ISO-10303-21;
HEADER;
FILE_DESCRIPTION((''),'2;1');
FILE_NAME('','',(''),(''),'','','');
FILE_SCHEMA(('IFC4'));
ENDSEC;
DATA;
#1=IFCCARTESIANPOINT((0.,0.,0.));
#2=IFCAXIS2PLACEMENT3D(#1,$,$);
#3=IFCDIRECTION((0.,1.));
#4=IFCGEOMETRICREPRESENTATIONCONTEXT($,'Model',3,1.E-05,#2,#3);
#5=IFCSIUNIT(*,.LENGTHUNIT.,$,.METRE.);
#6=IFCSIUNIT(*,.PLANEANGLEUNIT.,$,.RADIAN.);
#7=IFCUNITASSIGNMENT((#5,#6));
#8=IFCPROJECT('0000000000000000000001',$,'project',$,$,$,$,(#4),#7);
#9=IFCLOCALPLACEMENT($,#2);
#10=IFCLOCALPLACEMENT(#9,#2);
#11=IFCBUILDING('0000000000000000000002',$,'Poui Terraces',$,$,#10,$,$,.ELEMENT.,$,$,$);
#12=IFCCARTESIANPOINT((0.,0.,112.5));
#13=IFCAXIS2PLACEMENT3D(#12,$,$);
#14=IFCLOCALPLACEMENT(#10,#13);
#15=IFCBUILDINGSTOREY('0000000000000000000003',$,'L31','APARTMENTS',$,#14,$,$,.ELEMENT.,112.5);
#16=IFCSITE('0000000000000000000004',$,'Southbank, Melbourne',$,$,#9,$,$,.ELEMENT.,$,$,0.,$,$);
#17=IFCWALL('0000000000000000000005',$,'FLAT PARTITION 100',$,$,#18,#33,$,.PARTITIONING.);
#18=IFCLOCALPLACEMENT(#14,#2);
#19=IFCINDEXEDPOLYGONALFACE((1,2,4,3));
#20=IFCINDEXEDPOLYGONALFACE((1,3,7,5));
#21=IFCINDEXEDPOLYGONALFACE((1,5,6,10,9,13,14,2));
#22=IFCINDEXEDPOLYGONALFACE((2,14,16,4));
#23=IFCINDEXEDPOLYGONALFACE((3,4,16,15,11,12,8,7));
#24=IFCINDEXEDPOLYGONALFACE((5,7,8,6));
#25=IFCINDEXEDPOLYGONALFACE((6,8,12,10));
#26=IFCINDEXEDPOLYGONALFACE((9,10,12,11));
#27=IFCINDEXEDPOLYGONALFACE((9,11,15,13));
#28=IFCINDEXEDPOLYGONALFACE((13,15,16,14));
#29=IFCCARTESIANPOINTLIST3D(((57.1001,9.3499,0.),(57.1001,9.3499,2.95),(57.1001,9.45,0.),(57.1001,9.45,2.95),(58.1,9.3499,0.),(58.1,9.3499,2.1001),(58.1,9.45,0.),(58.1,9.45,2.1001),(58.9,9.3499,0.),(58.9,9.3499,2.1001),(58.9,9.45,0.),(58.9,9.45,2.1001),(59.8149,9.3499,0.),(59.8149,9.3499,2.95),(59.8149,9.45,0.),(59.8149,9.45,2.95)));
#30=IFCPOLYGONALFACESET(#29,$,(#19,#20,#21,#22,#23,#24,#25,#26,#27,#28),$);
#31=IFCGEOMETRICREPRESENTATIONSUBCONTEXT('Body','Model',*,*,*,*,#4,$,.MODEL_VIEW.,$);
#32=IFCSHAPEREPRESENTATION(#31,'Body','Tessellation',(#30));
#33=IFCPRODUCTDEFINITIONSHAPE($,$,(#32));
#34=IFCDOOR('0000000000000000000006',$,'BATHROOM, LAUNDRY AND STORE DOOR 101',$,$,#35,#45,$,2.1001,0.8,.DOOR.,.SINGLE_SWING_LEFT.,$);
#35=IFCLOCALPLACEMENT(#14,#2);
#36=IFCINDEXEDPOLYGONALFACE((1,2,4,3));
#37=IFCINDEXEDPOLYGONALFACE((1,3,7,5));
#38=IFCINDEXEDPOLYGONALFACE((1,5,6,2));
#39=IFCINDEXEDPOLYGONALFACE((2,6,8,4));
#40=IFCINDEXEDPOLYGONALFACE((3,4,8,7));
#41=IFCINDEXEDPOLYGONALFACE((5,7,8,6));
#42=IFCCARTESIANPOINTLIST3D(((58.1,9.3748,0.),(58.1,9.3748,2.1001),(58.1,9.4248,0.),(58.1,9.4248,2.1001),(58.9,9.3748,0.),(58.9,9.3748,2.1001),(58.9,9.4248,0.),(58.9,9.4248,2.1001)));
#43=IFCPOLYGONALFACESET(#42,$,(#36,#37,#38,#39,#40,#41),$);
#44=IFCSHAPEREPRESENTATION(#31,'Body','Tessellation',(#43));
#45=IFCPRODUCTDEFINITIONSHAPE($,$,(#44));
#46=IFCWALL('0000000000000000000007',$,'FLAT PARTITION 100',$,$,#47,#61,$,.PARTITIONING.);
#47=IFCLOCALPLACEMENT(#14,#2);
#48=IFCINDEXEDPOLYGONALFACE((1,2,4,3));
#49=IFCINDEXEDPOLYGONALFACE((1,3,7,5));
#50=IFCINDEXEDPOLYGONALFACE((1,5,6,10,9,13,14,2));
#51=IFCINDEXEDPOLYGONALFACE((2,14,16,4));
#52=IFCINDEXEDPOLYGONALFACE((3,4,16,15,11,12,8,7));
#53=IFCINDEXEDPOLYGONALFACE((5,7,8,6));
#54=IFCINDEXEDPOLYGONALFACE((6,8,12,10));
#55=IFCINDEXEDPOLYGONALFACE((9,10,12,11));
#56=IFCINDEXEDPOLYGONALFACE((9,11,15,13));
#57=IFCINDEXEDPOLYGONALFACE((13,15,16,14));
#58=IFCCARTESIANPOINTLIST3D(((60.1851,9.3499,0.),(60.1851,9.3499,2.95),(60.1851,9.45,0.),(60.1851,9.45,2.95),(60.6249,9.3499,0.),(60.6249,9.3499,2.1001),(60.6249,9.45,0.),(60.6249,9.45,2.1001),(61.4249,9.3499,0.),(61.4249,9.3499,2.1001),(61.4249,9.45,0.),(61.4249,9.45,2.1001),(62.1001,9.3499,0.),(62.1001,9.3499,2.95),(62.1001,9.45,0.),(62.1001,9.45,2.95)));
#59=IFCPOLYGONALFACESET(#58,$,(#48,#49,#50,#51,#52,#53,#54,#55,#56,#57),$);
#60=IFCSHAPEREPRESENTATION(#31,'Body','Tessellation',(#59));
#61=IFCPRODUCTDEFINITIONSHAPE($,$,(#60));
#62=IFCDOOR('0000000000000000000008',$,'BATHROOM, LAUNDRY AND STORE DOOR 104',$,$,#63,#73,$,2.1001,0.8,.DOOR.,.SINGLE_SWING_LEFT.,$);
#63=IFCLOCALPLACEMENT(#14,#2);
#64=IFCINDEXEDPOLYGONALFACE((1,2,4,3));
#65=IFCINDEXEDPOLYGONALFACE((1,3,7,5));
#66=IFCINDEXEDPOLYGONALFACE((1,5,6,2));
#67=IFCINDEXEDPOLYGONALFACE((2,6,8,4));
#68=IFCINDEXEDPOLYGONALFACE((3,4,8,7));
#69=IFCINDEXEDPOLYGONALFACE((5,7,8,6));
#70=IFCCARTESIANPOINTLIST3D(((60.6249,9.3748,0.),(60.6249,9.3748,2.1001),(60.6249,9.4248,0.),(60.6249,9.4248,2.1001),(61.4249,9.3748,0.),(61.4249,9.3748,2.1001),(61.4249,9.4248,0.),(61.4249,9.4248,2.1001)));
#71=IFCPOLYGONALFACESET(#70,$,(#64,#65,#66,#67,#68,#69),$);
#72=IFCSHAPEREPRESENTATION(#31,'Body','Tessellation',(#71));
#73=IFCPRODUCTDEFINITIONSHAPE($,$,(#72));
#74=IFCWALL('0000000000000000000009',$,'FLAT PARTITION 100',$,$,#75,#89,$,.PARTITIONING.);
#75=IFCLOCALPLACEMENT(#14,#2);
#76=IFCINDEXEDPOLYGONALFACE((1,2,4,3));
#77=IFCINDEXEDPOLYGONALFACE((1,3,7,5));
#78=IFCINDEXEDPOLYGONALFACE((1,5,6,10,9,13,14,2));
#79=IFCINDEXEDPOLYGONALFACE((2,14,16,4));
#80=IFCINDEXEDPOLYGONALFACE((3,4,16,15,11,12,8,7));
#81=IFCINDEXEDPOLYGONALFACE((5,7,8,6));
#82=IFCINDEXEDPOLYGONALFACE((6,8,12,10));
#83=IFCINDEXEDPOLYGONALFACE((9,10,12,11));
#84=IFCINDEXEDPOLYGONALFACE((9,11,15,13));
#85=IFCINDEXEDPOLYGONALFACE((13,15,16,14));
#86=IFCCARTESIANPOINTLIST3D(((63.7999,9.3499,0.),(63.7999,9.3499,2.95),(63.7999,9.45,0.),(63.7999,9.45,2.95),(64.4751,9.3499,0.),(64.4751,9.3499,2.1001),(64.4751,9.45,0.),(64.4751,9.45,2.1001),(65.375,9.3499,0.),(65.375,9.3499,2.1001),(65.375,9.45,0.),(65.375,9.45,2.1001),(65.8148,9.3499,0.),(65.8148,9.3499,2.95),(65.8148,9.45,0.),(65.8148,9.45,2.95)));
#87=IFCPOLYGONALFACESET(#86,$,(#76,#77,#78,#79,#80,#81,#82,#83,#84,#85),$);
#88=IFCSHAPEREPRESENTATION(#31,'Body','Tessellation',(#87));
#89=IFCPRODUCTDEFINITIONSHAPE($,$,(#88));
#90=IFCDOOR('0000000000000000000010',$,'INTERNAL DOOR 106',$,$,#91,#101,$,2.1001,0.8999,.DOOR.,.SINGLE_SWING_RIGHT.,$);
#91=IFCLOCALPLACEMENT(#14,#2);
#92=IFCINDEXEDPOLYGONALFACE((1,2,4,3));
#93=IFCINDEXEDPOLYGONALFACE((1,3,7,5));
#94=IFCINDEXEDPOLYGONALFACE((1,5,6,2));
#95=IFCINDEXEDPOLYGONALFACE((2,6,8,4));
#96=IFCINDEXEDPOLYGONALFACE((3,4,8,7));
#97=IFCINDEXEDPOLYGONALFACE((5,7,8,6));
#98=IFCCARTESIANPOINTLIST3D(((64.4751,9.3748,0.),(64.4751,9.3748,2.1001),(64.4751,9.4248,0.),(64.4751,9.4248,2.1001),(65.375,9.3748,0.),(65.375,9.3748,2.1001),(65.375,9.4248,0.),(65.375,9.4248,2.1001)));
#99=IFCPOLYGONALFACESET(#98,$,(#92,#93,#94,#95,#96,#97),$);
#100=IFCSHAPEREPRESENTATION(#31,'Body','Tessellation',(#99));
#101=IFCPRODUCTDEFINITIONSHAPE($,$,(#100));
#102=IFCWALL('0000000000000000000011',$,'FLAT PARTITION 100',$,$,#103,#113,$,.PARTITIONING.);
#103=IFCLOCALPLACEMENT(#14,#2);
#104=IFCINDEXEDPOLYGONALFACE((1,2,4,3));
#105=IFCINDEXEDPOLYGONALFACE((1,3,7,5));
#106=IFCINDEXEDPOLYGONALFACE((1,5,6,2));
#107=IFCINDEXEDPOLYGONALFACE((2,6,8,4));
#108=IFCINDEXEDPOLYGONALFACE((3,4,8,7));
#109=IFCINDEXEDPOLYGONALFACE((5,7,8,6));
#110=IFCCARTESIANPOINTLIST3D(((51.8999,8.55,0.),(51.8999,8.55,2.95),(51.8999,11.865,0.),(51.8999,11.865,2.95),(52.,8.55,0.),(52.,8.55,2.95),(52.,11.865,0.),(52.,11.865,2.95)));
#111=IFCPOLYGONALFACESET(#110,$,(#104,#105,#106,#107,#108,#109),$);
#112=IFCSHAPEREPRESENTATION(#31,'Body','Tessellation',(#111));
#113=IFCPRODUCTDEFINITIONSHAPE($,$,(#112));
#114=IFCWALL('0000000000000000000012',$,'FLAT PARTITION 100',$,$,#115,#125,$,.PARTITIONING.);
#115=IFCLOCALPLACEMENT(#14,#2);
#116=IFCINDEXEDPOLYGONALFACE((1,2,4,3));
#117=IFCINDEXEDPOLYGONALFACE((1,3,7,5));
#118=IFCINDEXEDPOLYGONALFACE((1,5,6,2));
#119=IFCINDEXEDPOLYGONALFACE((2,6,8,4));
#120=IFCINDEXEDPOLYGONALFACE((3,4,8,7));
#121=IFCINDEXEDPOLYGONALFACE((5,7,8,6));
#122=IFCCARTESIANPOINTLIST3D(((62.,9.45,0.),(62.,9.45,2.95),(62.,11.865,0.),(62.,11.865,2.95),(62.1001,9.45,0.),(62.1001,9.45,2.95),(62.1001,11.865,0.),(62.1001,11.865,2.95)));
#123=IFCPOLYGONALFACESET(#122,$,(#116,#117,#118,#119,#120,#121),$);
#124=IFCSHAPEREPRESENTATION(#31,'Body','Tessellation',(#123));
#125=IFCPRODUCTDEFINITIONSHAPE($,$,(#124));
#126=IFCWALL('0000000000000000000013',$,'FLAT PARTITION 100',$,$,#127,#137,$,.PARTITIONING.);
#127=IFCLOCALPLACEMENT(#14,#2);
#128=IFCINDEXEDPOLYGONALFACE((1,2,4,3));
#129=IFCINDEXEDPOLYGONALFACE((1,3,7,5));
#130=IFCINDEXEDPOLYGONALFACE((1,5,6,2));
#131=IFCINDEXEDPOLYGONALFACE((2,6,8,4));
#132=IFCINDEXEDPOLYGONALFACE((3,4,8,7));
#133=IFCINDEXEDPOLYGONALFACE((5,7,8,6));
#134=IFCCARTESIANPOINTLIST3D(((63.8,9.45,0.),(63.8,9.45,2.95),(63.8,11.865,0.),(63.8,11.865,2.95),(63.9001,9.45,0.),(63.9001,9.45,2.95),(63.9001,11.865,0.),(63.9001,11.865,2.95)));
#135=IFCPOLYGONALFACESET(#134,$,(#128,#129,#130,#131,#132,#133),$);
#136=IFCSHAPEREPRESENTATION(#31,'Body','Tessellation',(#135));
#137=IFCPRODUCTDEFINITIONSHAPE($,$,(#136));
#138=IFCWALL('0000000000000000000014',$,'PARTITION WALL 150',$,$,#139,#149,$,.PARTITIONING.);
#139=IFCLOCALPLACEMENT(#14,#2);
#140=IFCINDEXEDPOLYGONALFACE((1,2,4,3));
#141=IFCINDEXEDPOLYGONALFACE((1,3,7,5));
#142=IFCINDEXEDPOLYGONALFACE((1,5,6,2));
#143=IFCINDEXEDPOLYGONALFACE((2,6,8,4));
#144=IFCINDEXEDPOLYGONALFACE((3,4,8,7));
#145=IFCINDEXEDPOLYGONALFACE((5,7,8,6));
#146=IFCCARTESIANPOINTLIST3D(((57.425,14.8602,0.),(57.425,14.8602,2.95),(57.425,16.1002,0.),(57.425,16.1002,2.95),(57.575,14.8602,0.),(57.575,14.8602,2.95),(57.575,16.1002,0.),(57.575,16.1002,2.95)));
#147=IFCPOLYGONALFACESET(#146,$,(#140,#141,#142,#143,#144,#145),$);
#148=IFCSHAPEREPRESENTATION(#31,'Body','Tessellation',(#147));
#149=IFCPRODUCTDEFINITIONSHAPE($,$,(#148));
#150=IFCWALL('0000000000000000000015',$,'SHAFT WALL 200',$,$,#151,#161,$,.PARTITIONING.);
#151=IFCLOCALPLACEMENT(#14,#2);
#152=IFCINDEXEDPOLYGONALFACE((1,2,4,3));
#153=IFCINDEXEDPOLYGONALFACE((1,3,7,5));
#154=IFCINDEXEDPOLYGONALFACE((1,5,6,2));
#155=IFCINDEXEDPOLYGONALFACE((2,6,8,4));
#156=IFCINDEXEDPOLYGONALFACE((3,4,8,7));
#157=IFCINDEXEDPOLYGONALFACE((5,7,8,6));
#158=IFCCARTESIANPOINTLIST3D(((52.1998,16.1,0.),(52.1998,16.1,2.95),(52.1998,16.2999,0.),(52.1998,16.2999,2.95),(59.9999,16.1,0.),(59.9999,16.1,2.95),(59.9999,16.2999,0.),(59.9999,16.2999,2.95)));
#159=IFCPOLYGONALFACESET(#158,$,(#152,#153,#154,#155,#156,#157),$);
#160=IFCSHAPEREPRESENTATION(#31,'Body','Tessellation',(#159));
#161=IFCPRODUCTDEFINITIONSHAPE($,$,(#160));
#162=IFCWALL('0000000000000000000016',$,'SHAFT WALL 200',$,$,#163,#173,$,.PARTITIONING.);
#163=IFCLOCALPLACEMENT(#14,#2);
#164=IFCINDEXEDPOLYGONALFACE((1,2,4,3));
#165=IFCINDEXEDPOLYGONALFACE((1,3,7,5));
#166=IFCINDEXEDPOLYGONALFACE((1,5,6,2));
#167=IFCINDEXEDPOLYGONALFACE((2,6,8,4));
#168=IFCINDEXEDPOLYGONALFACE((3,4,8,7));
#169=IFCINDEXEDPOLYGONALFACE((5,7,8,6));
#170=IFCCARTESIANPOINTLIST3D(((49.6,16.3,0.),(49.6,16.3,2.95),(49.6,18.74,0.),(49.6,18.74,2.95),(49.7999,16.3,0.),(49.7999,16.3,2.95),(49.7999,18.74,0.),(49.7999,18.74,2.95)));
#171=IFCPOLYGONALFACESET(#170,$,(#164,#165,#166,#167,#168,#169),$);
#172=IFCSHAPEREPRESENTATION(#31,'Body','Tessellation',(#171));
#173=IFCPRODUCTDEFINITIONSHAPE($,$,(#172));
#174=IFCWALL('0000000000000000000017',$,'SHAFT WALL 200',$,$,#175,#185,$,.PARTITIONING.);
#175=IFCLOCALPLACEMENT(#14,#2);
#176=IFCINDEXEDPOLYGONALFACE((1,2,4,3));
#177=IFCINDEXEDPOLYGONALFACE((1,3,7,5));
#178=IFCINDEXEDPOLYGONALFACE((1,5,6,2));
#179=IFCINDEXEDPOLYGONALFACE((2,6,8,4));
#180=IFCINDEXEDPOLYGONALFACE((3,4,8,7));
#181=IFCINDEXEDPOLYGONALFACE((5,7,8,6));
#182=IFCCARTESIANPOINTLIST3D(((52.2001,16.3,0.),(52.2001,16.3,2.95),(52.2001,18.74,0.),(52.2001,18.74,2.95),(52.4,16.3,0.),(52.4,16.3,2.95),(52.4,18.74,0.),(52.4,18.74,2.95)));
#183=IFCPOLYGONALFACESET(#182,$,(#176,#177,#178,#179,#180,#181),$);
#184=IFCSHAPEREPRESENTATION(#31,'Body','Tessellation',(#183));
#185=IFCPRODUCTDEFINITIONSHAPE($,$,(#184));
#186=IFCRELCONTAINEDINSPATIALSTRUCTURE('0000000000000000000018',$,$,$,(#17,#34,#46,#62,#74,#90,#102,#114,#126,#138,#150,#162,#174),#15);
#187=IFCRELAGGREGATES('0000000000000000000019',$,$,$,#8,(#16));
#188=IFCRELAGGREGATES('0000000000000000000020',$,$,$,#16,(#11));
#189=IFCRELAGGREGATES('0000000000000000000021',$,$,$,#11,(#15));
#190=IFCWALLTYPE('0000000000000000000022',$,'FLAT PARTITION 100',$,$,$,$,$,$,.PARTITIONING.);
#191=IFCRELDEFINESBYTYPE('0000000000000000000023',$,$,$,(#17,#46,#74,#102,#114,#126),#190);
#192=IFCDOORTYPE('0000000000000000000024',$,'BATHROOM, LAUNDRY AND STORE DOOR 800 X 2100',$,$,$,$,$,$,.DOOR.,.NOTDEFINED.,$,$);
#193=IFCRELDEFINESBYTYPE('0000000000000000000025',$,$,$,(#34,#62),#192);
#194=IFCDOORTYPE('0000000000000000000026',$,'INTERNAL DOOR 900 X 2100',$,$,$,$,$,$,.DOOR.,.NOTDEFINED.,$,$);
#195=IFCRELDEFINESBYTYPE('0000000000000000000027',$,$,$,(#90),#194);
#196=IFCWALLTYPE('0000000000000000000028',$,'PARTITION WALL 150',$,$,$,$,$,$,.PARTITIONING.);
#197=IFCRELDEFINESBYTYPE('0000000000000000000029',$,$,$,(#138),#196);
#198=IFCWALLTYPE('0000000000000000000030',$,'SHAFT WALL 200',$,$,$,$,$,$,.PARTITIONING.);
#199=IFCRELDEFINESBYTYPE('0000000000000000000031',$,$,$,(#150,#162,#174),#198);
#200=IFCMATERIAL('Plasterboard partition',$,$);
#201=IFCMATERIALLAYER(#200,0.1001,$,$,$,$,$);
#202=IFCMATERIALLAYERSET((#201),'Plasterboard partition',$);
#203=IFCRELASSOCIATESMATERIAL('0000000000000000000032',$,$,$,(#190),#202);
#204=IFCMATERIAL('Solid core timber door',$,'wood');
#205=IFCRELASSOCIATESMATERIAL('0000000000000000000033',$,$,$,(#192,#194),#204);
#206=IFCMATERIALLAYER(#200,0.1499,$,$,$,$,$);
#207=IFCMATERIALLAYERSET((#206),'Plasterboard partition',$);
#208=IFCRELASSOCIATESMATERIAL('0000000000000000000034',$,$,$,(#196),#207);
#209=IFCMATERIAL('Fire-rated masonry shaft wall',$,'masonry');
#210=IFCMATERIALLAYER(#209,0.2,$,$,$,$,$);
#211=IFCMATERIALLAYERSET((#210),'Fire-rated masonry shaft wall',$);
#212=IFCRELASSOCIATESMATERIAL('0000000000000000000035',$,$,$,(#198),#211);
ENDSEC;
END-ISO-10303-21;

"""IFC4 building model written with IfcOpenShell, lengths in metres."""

from ifc_helpers import new_model, si_unit, direction, frame, frame_2d, origin, place, context, subcontext, project, spatial, rectangle, extrude, material, layer, layer_set, type_object, element, fill, save


model = new_model("IFC4")

# Units and contexts
model_context = context("Model", 3, precision=1e-05, world=origin(), true_north=direction((0.0, 1.0)))
body_context = subcontext(model_context, "Body", "Model", "MODEL_VIEW")
ifc_project = project(units=[si_unit("LENGTHUNIT", "METRE"), si_unit("PLANEANGLEUNIT", "RADIAN")], contexts=[model_context])

# Site, building, storey
site_placement = place(None, origin())
site = spatial("IfcSite", under=ifc_project, at=site_placement, Name="Southbank, Melbourne", CompositionType="ELEMENT", RefElevation=0.0)
building_placement = place(site_placement, origin())
building = spatial("IfcBuilding", under=site, at=building_placement, Name="Poui Terraces", CompositionType="ELEMENT")
storey_placement = place(building_placement, frame((0.0, 0.0, 112.5)))
storey = spatial("IfcBuildingStorey", under=building, at=storey_placement, Name="L31", Description="APARTMENTS", CompositionType="ELEMENT", Elevation=112.5)

# Walls, openings, doors
ifc_material_1 = material(Name="Plasterboard partition")
ifc_layer_1 = layer(ifc_material_1, 0.1001)
ifc_layer_set_1 = layer_set([ifc_layer_1], Name="Plasterboard partition")
wall_type_1 = type_object("IfcWallType", Name="FLAT PARTITION 100", PredefinedType="PARTITIONING", material=ifc_layer_set_1)
wall_1_placement = place(storey_placement, frame((57.1001, 9.3999, 0.0), z_axis=(0.0, 0.0, 1.0), x_axis=(1.0, 0.0, 0.0)))
wall_1 = element("IfcWall", 1, at=wall_1_placement, inside=storey, type_object=wall_type_1, Name="FLAT PARTITION 100", PredefinedType="PARTITIONING", context=body_context, shape_type="SweptSolid", body=[
    extrude(rectangle(XDim=2.7148, YDim=0.1001, at=frame_2d((1.3574, 0.0))), origin(), (0.0, 0.0, 1.0), 2.95),
])
opening_1_placement = place(wall_1_placement, frame((1.0, 0.0, 0.0)))
opening_1 = element("IfcOpeningElement", 2, at=opening_1_placement, cuts=wall_1, PredefinedType="OPENING", context=body_context, shape_type="SweptSolid", body=[
    extrude(rectangle(XDim=0.8, YDim=2.1001, at=frame_2d((0.3999, 1.05))), frame((0.0, 0.0601, 0.0), z_axis=(0.0, -1.0, 0.0), x_axis=(1.0, 0.0, 0.0)), (0.0, 0.0, 1.0), 0.1201),
])
ifc_material_2 = material(Name="Solid core timber door", Category="wood")
door_type_1 = type_object("IfcDoorType", Name="BATHROOM, LAUNDRY AND STORE DOOR 800 X 2100", OperationType="NOTDEFINED", PredefinedType="DOOR", material=ifc_material_2)
door_1_placement = place(opening_1_placement, origin())
door_1 = element("IfcDoor", 3, at=door_1_placement, inside=storey, type_object=door_type_1, Name="BATHROOM, LAUNDRY AND STORE DOOR 101", OperationType="SINGLE_SWING_LEFT", OverallHeight=2.1001, OverallWidth=0.8, PredefinedType="DOOR", context=body_context, shape_type="SweptSolid", body=[
    extrude(rectangle(XDim=0.8, YDim=2.1001, at=frame_2d((0.3999, 1.05))), frame((0.0, 0.0249, 0.0), z_axis=(0.0, -1.0, 0.0), x_axis=(1.0, 0.0, 0.0)), (0.0, 0.0, 1.0), 0.05),
])
fill(opening_1, door_1)
wall_2_placement = place(storey_placement, frame((60.1851, 9.3999, 0.0), z_axis=(0.0, 0.0, 1.0), x_axis=(1.0, 0.0, 0.0)))
wall_2 = element("IfcWall", 4, at=wall_2_placement, inside=storey, type_object=wall_type_1, Name="FLAT PARTITION 100", PredefinedType="PARTITIONING", context=body_context, shape_type="SweptSolid", body=[
    extrude(rectangle(XDim=1.915, YDim=0.1001, at=frame_2d((0.9575, 0.0))), origin(), (0.0, 0.0, 1.0), 2.95),
])
opening_2_placement = place(wall_2_placement, frame((0.4399, 0.0, 0.0)))
opening_2 = element("IfcOpeningElement", 5, at=opening_2_placement, cuts=wall_2, PredefinedType="OPENING", context=body_context, shape_type="SweptSolid", body=[
    extrude(rectangle(XDim=0.8, YDim=2.1001, at=frame_2d((0.3999, 1.05))), frame((0.0, 0.0601, 0.0), z_axis=(0.0, -1.0, 0.0), x_axis=(1.0, 0.0, 0.0)), (0.0, 0.0, 1.0), 0.1201),
])
door_2_placement = place(opening_2_placement, origin())
door_2 = element("IfcDoor", 6, at=door_2_placement, inside=storey, type_object=door_type_1, Name="BATHROOM, LAUNDRY AND STORE DOOR 104", OperationType="SINGLE_SWING_LEFT", OverallHeight=2.1001, OverallWidth=0.8, PredefinedType="DOOR", context=body_context, shape_type="SweptSolid", body=[
    extrude(rectangle(XDim=0.8, YDim=2.1001, at=frame_2d((0.3999, 1.05))), frame((0.0, 0.0249, 0.0), z_axis=(0.0, -1.0, 0.0), x_axis=(1.0, 0.0, 0.0)), (0.0, 0.0, 1.0), 0.05),
])
fill(opening_2, door_2)
wall_3_placement = place(storey_placement, frame((63.8, 9.3999, 0.0), z_axis=(0.0, 0.0, 1.0), x_axis=(1.0, 0.0, 0.0)))
wall_3 = element("IfcWall", 7, at=wall_3_placement, inside=storey, type_object=wall_type_1, Name="FLAT PARTITION 100", PredefinedType="PARTITIONING", context=body_context, shape_type="SweptSolid", body=[
    extrude(rectangle(XDim=2.0149, YDim=0.1001, at=frame_2d((1.0073, 0.0))), origin(), (0.0, 0.0, 1.0), 2.95),
])
opening_3_placement = place(wall_3_placement, frame((0.675, 0.0, 0.0)))
opening_3 = element("IfcOpeningElement", 8, at=opening_3_placement, cuts=wall_3, PredefinedType="OPENING", context=body_context, shape_type="SweptSolid", body=[
    extrude(rectangle(XDim=0.8999, YDim=2.1001, at=frame_2d((0.45, 1.05))), frame((0.0, 0.0601, 0.0), z_axis=(0.0, -1.0, 0.0), x_axis=(1.0, 0.0, 0.0)), (0.0, 0.0, 1.0), 0.1201),
])
door_type_2 = type_object("IfcDoorType", Name="INTERNAL DOOR 900 X 2100", OperationType="NOTDEFINED", PredefinedType="DOOR", material=ifc_material_2)
door_3_placement = place(opening_3_placement, origin())
door_3 = element("IfcDoor", 9, at=door_3_placement, inside=storey, type_object=door_type_2, Name="INTERNAL DOOR 106", OperationType="SINGLE_SWING_RIGHT", OverallHeight=2.1001, OverallWidth=0.8999, PredefinedType="DOOR", context=body_context, shape_type="SweptSolid", body=[
    extrude(rectangle(XDim=0.8999, YDim=2.1001, at=frame_2d((0.45, 1.05))), frame((0.0, 0.0249, 0.0), z_axis=(0.0, -1.0, 0.0), x_axis=(1.0, 0.0, 0.0)), (0.0, 0.0, 1.0), 0.05),
])
fill(opening_3, door_3)

# Walls
wall_4_placement = place(storey_placement, frame((51.95, 8.55, 0.0), z_axis=(0.0, 0.0, 1.0), x_axis=(0.0, 1.0, 0.0)))
element("IfcWall", 10, at=wall_4_placement, inside=storey, type_object=wall_type_1, Name="FLAT PARTITION 100", PredefinedType="PARTITIONING", context=body_context, shape_type="SweptSolid", body=[
    extrude(rectangle(XDim=3.3149, YDim=0.1001, at=frame_2d((1.6575, 0.0))), origin(), (0.0, 0.0, 1.0), 2.95),
])
for number, where, z_axis, x_axis, name in (
    (11, (62.05, 9.45, 0.0), (0.0, 0.0, 1.0), (0.0, 1.0, 0.0), "FLAT PARTITION 100"),
    (12, (63.8501, 9.45, 0.0), (0.0, 0.0, 1.0), (0.0, 1.0, 0.0), "FLAT PARTITION 100"),
):
    element("IfcWall", number, at=place(storey_placement, frame(where, z_axis=z_axis, x_axis=x_axis)), inside=storey, type_object=wall_type_1, Name=name, PredefinedType="PARTITIONING", context=body_context, shape_type="SweptSolid", body=[
        extrude(rectangle(XDim=2.415, YDim=0.1001, at=frame_2d((1.2075, 0.0))), origin(), (0.0, 0.0, 1.0), 2.95),
    ])
ifc_layer_2 = layer(ifc_material_1, 0.1499)
ifc_layer_set_2 = layer_set([ifc_layer_2], Name="Plasterboard partition")
wall_type_2 = type_object("IfcWallType", Name="PARTITION WALL 150", PredefinedType="PARTITIONING", material=ifc_layer_set_2)
wall_5_placement = place(storey_placement, frame((57.5, 14.8601, 0.0), z_axis=(0.0, 0.0, 1.0), x_axis=(0.0, 1.0, 0.0)))
element("IfcWall", 13, at=wall_5_placement, inside=storey, type_object=wall_type_2, Name="PARTITION WALL 150", PredefinedType="PARTITIONING", context=body_context, shape_type="SweptSolid", body=[
    extrude(rectangle(XDim=1.24, YDim=0.1499, at=frame_2d((0.6201, 0.0))), origin(), (0.0, 0.0, 1.0), 2.95),
])
ifc_material_3 = material(Name="Fire-rated masonry shaft wall", Category="masonry")
ifc_layer_3 = layer(ifc_material_3, 0.2)
ifc_layer_set_3 = layer_set([ifc_layer_3], Name="Fire-rated masonry shaft wall")
wall_type_3 = type_object("IfcWallType", Name="SHAFT WALL 200", PredefinedType="PARTITIONING", material=ifc_layer_set_3)
wall_6_placement = place(storey_placement, frame((52.2, 16.2, 0.0), z_axis=(0.0, 0.0, 1.0), x_axis=(1.0, 0.0, 0.0)))
element("IfcWall", 14, at=wall_6_placement, inside=storey, type_object=wall_type_3, Name="SHAFT WALL 200", PredefinedType="PARTITIONING", context=body_context, shape_type="SweptSolid", body=[
    extrude(rectangle(XDim=7.8, YDim=0.2, at=frame_2d((3.8999, 0.0))), origin(), (0.0, 0.0, 1.0), 2.95),
])
for number, where, z_axis, x_axis, name in (
    (15, (49.7, 16.3, 0.0), (0.0, 0.0, 1.0), (0.0, 1.0, 0.0), "SHAFT WALL 200"),
    (16, (52.3, 16.3, 0.0), (0.0, 0.0, 1.0), (0.0, 1.0, 0.0), "SHAFT WALL 200"),
):
    element("IfcWall", number, at=place(storey_placement, frame(where, z_axis=z_axis, x_axis=x_axis)), inside=storey, type_object=wall_type_3, Name=name, PredefinedType="PARTITIONING", context=body_context, shape_type="SweptSolid", body=[
        extrude(rectangle(XDim=2.4399, YDim=0.2, at=frame_2d((1.22, 0.0))), origin(), (0.0, 0.0, 1.0), 2.95),
    ])

save(model, "model.ifc")
